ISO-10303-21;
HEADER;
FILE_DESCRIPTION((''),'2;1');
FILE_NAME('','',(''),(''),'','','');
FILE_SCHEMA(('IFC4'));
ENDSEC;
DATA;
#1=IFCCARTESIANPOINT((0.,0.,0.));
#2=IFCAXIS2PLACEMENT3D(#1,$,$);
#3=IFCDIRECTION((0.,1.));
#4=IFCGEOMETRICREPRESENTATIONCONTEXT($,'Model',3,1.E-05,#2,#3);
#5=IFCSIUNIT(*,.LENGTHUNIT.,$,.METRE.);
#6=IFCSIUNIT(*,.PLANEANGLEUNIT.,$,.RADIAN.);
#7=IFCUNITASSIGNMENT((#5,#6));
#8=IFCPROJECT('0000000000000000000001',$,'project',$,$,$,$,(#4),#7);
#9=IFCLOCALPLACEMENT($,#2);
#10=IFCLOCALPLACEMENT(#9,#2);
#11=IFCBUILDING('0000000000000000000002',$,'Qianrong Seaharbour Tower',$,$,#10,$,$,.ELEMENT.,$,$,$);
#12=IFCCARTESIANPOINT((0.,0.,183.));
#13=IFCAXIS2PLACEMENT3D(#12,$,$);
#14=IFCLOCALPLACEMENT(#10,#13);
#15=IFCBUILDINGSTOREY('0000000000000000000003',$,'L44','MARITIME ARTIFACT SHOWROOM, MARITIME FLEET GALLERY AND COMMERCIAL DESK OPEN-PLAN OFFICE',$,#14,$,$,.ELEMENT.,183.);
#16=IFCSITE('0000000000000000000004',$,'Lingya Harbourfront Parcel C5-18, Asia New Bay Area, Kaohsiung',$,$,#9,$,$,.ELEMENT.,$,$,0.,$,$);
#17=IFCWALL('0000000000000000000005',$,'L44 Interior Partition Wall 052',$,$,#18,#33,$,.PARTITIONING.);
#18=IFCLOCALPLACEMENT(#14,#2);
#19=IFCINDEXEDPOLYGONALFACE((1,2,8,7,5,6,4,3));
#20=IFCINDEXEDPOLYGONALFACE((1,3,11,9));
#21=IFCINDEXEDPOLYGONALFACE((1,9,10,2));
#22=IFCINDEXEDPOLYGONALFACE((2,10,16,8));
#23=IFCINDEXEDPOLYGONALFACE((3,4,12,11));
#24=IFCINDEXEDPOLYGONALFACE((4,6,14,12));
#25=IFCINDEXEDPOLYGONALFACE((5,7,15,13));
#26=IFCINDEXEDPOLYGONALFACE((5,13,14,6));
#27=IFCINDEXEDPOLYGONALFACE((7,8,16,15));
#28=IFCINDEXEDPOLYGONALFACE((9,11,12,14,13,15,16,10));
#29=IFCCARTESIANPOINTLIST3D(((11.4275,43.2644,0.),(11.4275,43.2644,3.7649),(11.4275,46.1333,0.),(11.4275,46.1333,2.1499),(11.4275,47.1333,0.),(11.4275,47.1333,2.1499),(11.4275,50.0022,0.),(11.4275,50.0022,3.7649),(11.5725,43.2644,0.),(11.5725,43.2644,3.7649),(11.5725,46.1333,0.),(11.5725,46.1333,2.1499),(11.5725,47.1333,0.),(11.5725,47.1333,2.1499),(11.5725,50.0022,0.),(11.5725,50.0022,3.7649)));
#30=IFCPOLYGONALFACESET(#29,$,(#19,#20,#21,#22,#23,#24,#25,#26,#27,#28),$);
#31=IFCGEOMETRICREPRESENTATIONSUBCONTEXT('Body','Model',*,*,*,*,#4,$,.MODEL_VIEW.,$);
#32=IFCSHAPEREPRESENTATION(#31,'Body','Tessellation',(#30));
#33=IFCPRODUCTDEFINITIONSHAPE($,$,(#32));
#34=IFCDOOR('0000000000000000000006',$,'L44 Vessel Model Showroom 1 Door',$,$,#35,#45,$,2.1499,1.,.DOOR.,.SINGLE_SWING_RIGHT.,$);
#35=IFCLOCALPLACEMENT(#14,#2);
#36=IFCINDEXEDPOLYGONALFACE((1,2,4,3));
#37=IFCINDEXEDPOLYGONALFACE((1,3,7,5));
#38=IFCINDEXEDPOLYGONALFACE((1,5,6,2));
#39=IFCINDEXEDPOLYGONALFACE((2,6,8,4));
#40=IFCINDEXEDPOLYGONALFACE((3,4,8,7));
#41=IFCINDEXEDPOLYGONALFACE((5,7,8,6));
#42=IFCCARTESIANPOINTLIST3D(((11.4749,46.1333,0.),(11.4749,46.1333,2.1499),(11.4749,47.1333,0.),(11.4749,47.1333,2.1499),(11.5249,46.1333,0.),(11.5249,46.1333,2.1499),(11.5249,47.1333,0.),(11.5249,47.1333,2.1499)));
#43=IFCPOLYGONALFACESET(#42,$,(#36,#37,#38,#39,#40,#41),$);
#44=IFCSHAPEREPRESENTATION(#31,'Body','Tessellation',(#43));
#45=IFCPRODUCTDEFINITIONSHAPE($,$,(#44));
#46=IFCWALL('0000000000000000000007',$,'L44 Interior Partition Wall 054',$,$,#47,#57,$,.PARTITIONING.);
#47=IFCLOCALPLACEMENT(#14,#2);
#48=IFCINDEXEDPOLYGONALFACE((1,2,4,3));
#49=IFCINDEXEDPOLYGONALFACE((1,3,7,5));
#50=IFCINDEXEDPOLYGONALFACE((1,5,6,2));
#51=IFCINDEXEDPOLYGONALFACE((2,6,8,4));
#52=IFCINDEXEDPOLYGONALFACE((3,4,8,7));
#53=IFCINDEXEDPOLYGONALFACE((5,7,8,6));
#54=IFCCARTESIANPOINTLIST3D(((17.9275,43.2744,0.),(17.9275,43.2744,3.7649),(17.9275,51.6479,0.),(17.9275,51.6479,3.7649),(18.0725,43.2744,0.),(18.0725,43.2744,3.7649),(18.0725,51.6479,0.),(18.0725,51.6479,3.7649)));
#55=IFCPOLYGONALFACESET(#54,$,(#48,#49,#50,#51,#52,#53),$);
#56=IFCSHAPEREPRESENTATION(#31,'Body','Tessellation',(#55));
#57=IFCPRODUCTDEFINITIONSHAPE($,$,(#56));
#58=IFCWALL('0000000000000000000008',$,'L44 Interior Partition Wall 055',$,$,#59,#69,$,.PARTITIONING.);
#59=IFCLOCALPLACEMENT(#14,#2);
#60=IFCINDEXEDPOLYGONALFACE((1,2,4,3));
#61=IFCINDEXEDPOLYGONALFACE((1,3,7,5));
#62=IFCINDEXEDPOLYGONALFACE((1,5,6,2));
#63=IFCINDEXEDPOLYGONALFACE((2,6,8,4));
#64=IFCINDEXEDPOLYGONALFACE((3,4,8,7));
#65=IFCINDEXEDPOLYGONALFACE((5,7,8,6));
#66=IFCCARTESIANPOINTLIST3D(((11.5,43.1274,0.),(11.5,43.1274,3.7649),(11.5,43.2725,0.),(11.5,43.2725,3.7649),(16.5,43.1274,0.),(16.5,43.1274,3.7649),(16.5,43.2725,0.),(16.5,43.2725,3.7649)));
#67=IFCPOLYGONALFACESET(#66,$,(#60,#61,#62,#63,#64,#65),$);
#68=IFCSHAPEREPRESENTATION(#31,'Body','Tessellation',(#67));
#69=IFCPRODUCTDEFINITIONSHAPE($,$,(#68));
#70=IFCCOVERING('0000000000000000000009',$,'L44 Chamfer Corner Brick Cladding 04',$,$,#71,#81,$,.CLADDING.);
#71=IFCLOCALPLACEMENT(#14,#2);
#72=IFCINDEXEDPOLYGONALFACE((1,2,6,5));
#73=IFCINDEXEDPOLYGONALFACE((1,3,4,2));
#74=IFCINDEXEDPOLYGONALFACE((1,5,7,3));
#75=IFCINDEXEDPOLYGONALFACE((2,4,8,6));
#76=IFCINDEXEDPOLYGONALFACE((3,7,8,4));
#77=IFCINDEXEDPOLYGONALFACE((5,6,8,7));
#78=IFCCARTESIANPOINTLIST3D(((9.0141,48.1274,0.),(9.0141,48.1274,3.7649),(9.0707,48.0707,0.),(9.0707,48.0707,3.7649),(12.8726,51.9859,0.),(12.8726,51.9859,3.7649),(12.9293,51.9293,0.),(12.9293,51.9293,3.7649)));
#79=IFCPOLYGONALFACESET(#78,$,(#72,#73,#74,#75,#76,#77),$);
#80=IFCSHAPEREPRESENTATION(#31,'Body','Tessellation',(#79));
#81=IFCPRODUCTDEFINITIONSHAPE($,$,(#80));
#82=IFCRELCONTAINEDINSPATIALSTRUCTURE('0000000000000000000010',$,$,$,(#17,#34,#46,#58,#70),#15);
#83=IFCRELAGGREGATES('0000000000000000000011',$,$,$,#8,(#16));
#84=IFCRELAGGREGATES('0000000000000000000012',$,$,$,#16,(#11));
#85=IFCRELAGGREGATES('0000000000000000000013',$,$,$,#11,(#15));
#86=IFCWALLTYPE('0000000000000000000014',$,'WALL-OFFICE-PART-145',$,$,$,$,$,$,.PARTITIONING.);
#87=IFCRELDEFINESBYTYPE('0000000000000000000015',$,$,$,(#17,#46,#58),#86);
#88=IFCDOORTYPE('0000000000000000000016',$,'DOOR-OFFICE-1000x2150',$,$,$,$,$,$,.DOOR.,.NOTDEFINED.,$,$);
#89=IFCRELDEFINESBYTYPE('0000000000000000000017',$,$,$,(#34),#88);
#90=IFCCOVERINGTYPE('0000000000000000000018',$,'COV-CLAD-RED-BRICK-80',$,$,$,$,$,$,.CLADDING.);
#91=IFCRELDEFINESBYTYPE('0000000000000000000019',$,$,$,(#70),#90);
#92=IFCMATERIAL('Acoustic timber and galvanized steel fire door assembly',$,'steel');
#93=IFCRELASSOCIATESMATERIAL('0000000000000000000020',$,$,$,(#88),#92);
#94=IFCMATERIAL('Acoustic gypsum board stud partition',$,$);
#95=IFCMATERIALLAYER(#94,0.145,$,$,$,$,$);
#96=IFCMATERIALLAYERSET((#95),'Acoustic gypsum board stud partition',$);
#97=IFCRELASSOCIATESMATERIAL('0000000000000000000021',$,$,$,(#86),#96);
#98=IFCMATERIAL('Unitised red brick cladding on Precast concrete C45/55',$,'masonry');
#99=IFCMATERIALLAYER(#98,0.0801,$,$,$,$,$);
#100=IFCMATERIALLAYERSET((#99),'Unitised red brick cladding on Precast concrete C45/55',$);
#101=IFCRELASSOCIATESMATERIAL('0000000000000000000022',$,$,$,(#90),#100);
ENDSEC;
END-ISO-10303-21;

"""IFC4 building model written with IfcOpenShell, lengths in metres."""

from ifc_helpers import new_model, si_unit, direction, frame, frame_2d, origin, origin_2d, place, context, subcontext, project, spatial, rectangle, extrude, material, layer, layer_set, type_object, element, fill, save


model = new_model("IFC4")

# Units and contexts
model_context = context("Model", 3, precision=1e-05, world=origin(), true_north=direction((0.0, 1.0)))
body_context = subcontext(model_context, "Body", "Model", "MODEL_VIEW")
ifc_project = project(units=[si_unit("LENGTHUNIT", "METRE"), si_unit("PLANEANGLEUNIT", "RADIAN")], contexts=[model_context])

# Site, building, storey
site_placement = place(None, origin())
site = spatial("IfcSite", under=ifc_project, at=site_placement, Name="Lingya Harbourfront Parcel C5-18, Asia New Bay Area, Kaohsiung", CompositionType="ELEMENT", RefElevation=0.0)
building_placement = place(site_placement, origin())
building = spatial("IfcBuilding", under=site, at=building_placement, Name="Qianrong Seaharbour Tower", CompositionType="ELEMENT")
storey_placement = place(building_placement, frame((0.0, 0.0, 183.0)))
storey = spatial("IfcBuildingStorey", under=building, at=storey_placement, Name="L44", Description="MARITIME ARTIFACT SHOWROOM, MARITIME FLEET GALLERY AND COMMERCIAL DESK OPEN-PLAN OFFICE", CompositionType="ELEMENT", Elevation=183.0)

# Shared definitions
ifc_material_1 = material(Name="Acoustic timber and galvanized steel fire door assembly", Category="steel")
door_type = type_object("IfcDoorType", Name="DOOR-OFFICE-1000x2150", OperationType="NOTDEFINED", PredefinedType="DOOR", material=ifc_material_1)

# Wall, opening, door
ifc_material_2 = material(Name="Acoustic gypsum board stud partition")
ifc_layer_1 = layer(ifc_material_2, 0.145)
ifc_layer_set_1 = layer_set([ifc_layer_1], Name="Acoustic gypsum board stud partition")
wall_type_1 = type_object("IfcWallType", Name="WALL-OFFICE-PART-145", PredefinedType="PARTITIONING", material=ifc_layer_set_1)
wall_1_placement = place(storey_placement, frame((11.5, 50.0022, 0.0), z_axis=(0.0, 0.0, 1.0), x_axis=(0.0, -1.0, 0.0)))
wall_1 = element("IfcWall", 1, at=wall_1_placement, inside=storey, type_object=wall_type_1, Name="L44 Interior Partition Wall 052", PredefinedType="PARTITIONING", context=body_context, shape_type="SweptSolid", body=[
    extrude(rectangle(XDim=6.7378, YDim=0.145, at=frame_2d((3.3689, 0.0))), origin(), (0.0, 0.0, 1.0), 3.7649),
])
opening_1_placement = place(wall_1_placement, frame((2.8689, 0.0, 0.0)))
opening_1 = element("IfcOpeningElement", 2, at=opening_1_placement, cuts=wall_1, PredefinedType="OPENING", context=body_context, shape_type="SweptSolid", body=[
    extrude(rectangle(XDim=1.0, YDim=2.1499, at=frame_2d((0.5, 1.075))), frame((0.0, 0.0825, 0.0), z_axis=(0.0, -1.0, 0.0), x_axis=(1.0, 0.0, 0.0)), (0.0, 0.0, 1.0), 0.165),
])
door_1_placement = place(opening_1_placement, origin())
door_1 = element("IfcDoor", 3, at=door_1_placement, inside=storey, type_object=door_type, Name="L44 Vessel Model Showroom 1 Door", OperationType="SINGLE_SWING_RIGHT", OverallHeight=2.1499, OverallWidth=1.0, PredefinedType="DOOR", context=body_context, shape_type="SweptSolid", body=[
    extrude(rectangle(XDim=1.0, YDim=2.1499, at=frame_2d((0.5, 1.075))), frame((0.0, 0.0249, 0.0), z_axis=(0.0, -1.0, 0.0), x_axis=(1.0, 0.0, 0.0)), (0.0, 0.0, 1.0), 0.05),
])
fill(opening_1, door_1)

# Walls
wall_2_placement = place(storey_placement, frame((18.0, 51.6479, 0.0), z_axis=(0.0, 0.0, 1.0), x_axis=(0.0, -1.0, 0.0)))
element("IfcWall", 4, at=wall_2_placement, inside=storey, type_object=wall_type_1, Name="L44 Interior Partition Wall 054", PredefinedType="PARTITIONING", context=body_context, shape_type="SweptSolid", body=[
    extrude(rectangle(XDim=8.3735, YDim=0.145, at=frame_2d((4.1868, 0.0))), origin(), (0.0, 0.0, 1.0), 3.7649),
])
wall_3_placement = place(storey_placement, frame((16.5, 43.2, 0.0), z_axis=(0.0, 0.0, 1.0), x_axis=(-1.0, 0.0, 0.0)))
element("IfcWall", 5, at=wall_3_placement, inside=storey, type_object=wall_type_1, Name="L44 Interior Partition Wall 055", PredefinedType="PARTITIONING", context=body_context, shape_type="SweptSolid", body=[
    extrude(rectangle(XDim=5.0, YDim=0.145, at=frame_2d((2.5, 0.0))), origin(), (0.0, 0.0, 1.0), 3.7649),
])

# Covering
ifc_material_3 = material(Name="Unitised red brick cladding on Precast concrete C45/55", Category="masonry")
ifc_layer_2 = layer(ifc_material_3, 0.0801)
ifc_layer_set_2 = layer_set([ifc_layer_2], Name="Unitised red brick cladding on Precast concrete C45/55")
covering_type = type_object("IfcCoveringType", Name="COV-CLAD-RED-BRICK-80", PredefinedType="CLADDING", material=ifc_layer_set_2)
covering_placement = place(storey_placement, frame((10.9717, 50.0283, 0.0), z_axis=(0.0, 0.0, 1.0), x_axis=(0.707107, 0.707107, 0.0)))
element("IfcCovering", 6, at=covering_placement, inside=storey, type_object=covering_type, Name="L44 Chamfer Corner Brick Cladding 04", PredefinedType="CLADDING", context=body_context, shape_type="SweptSolid", body=[
    extrude(rectangle(XDim=5.4568, YDim=0.0801, at=origin_2d()), origin(), (0.0, 0.0, 1.0), 3.7649),
])

save(model, "model.ifc")
